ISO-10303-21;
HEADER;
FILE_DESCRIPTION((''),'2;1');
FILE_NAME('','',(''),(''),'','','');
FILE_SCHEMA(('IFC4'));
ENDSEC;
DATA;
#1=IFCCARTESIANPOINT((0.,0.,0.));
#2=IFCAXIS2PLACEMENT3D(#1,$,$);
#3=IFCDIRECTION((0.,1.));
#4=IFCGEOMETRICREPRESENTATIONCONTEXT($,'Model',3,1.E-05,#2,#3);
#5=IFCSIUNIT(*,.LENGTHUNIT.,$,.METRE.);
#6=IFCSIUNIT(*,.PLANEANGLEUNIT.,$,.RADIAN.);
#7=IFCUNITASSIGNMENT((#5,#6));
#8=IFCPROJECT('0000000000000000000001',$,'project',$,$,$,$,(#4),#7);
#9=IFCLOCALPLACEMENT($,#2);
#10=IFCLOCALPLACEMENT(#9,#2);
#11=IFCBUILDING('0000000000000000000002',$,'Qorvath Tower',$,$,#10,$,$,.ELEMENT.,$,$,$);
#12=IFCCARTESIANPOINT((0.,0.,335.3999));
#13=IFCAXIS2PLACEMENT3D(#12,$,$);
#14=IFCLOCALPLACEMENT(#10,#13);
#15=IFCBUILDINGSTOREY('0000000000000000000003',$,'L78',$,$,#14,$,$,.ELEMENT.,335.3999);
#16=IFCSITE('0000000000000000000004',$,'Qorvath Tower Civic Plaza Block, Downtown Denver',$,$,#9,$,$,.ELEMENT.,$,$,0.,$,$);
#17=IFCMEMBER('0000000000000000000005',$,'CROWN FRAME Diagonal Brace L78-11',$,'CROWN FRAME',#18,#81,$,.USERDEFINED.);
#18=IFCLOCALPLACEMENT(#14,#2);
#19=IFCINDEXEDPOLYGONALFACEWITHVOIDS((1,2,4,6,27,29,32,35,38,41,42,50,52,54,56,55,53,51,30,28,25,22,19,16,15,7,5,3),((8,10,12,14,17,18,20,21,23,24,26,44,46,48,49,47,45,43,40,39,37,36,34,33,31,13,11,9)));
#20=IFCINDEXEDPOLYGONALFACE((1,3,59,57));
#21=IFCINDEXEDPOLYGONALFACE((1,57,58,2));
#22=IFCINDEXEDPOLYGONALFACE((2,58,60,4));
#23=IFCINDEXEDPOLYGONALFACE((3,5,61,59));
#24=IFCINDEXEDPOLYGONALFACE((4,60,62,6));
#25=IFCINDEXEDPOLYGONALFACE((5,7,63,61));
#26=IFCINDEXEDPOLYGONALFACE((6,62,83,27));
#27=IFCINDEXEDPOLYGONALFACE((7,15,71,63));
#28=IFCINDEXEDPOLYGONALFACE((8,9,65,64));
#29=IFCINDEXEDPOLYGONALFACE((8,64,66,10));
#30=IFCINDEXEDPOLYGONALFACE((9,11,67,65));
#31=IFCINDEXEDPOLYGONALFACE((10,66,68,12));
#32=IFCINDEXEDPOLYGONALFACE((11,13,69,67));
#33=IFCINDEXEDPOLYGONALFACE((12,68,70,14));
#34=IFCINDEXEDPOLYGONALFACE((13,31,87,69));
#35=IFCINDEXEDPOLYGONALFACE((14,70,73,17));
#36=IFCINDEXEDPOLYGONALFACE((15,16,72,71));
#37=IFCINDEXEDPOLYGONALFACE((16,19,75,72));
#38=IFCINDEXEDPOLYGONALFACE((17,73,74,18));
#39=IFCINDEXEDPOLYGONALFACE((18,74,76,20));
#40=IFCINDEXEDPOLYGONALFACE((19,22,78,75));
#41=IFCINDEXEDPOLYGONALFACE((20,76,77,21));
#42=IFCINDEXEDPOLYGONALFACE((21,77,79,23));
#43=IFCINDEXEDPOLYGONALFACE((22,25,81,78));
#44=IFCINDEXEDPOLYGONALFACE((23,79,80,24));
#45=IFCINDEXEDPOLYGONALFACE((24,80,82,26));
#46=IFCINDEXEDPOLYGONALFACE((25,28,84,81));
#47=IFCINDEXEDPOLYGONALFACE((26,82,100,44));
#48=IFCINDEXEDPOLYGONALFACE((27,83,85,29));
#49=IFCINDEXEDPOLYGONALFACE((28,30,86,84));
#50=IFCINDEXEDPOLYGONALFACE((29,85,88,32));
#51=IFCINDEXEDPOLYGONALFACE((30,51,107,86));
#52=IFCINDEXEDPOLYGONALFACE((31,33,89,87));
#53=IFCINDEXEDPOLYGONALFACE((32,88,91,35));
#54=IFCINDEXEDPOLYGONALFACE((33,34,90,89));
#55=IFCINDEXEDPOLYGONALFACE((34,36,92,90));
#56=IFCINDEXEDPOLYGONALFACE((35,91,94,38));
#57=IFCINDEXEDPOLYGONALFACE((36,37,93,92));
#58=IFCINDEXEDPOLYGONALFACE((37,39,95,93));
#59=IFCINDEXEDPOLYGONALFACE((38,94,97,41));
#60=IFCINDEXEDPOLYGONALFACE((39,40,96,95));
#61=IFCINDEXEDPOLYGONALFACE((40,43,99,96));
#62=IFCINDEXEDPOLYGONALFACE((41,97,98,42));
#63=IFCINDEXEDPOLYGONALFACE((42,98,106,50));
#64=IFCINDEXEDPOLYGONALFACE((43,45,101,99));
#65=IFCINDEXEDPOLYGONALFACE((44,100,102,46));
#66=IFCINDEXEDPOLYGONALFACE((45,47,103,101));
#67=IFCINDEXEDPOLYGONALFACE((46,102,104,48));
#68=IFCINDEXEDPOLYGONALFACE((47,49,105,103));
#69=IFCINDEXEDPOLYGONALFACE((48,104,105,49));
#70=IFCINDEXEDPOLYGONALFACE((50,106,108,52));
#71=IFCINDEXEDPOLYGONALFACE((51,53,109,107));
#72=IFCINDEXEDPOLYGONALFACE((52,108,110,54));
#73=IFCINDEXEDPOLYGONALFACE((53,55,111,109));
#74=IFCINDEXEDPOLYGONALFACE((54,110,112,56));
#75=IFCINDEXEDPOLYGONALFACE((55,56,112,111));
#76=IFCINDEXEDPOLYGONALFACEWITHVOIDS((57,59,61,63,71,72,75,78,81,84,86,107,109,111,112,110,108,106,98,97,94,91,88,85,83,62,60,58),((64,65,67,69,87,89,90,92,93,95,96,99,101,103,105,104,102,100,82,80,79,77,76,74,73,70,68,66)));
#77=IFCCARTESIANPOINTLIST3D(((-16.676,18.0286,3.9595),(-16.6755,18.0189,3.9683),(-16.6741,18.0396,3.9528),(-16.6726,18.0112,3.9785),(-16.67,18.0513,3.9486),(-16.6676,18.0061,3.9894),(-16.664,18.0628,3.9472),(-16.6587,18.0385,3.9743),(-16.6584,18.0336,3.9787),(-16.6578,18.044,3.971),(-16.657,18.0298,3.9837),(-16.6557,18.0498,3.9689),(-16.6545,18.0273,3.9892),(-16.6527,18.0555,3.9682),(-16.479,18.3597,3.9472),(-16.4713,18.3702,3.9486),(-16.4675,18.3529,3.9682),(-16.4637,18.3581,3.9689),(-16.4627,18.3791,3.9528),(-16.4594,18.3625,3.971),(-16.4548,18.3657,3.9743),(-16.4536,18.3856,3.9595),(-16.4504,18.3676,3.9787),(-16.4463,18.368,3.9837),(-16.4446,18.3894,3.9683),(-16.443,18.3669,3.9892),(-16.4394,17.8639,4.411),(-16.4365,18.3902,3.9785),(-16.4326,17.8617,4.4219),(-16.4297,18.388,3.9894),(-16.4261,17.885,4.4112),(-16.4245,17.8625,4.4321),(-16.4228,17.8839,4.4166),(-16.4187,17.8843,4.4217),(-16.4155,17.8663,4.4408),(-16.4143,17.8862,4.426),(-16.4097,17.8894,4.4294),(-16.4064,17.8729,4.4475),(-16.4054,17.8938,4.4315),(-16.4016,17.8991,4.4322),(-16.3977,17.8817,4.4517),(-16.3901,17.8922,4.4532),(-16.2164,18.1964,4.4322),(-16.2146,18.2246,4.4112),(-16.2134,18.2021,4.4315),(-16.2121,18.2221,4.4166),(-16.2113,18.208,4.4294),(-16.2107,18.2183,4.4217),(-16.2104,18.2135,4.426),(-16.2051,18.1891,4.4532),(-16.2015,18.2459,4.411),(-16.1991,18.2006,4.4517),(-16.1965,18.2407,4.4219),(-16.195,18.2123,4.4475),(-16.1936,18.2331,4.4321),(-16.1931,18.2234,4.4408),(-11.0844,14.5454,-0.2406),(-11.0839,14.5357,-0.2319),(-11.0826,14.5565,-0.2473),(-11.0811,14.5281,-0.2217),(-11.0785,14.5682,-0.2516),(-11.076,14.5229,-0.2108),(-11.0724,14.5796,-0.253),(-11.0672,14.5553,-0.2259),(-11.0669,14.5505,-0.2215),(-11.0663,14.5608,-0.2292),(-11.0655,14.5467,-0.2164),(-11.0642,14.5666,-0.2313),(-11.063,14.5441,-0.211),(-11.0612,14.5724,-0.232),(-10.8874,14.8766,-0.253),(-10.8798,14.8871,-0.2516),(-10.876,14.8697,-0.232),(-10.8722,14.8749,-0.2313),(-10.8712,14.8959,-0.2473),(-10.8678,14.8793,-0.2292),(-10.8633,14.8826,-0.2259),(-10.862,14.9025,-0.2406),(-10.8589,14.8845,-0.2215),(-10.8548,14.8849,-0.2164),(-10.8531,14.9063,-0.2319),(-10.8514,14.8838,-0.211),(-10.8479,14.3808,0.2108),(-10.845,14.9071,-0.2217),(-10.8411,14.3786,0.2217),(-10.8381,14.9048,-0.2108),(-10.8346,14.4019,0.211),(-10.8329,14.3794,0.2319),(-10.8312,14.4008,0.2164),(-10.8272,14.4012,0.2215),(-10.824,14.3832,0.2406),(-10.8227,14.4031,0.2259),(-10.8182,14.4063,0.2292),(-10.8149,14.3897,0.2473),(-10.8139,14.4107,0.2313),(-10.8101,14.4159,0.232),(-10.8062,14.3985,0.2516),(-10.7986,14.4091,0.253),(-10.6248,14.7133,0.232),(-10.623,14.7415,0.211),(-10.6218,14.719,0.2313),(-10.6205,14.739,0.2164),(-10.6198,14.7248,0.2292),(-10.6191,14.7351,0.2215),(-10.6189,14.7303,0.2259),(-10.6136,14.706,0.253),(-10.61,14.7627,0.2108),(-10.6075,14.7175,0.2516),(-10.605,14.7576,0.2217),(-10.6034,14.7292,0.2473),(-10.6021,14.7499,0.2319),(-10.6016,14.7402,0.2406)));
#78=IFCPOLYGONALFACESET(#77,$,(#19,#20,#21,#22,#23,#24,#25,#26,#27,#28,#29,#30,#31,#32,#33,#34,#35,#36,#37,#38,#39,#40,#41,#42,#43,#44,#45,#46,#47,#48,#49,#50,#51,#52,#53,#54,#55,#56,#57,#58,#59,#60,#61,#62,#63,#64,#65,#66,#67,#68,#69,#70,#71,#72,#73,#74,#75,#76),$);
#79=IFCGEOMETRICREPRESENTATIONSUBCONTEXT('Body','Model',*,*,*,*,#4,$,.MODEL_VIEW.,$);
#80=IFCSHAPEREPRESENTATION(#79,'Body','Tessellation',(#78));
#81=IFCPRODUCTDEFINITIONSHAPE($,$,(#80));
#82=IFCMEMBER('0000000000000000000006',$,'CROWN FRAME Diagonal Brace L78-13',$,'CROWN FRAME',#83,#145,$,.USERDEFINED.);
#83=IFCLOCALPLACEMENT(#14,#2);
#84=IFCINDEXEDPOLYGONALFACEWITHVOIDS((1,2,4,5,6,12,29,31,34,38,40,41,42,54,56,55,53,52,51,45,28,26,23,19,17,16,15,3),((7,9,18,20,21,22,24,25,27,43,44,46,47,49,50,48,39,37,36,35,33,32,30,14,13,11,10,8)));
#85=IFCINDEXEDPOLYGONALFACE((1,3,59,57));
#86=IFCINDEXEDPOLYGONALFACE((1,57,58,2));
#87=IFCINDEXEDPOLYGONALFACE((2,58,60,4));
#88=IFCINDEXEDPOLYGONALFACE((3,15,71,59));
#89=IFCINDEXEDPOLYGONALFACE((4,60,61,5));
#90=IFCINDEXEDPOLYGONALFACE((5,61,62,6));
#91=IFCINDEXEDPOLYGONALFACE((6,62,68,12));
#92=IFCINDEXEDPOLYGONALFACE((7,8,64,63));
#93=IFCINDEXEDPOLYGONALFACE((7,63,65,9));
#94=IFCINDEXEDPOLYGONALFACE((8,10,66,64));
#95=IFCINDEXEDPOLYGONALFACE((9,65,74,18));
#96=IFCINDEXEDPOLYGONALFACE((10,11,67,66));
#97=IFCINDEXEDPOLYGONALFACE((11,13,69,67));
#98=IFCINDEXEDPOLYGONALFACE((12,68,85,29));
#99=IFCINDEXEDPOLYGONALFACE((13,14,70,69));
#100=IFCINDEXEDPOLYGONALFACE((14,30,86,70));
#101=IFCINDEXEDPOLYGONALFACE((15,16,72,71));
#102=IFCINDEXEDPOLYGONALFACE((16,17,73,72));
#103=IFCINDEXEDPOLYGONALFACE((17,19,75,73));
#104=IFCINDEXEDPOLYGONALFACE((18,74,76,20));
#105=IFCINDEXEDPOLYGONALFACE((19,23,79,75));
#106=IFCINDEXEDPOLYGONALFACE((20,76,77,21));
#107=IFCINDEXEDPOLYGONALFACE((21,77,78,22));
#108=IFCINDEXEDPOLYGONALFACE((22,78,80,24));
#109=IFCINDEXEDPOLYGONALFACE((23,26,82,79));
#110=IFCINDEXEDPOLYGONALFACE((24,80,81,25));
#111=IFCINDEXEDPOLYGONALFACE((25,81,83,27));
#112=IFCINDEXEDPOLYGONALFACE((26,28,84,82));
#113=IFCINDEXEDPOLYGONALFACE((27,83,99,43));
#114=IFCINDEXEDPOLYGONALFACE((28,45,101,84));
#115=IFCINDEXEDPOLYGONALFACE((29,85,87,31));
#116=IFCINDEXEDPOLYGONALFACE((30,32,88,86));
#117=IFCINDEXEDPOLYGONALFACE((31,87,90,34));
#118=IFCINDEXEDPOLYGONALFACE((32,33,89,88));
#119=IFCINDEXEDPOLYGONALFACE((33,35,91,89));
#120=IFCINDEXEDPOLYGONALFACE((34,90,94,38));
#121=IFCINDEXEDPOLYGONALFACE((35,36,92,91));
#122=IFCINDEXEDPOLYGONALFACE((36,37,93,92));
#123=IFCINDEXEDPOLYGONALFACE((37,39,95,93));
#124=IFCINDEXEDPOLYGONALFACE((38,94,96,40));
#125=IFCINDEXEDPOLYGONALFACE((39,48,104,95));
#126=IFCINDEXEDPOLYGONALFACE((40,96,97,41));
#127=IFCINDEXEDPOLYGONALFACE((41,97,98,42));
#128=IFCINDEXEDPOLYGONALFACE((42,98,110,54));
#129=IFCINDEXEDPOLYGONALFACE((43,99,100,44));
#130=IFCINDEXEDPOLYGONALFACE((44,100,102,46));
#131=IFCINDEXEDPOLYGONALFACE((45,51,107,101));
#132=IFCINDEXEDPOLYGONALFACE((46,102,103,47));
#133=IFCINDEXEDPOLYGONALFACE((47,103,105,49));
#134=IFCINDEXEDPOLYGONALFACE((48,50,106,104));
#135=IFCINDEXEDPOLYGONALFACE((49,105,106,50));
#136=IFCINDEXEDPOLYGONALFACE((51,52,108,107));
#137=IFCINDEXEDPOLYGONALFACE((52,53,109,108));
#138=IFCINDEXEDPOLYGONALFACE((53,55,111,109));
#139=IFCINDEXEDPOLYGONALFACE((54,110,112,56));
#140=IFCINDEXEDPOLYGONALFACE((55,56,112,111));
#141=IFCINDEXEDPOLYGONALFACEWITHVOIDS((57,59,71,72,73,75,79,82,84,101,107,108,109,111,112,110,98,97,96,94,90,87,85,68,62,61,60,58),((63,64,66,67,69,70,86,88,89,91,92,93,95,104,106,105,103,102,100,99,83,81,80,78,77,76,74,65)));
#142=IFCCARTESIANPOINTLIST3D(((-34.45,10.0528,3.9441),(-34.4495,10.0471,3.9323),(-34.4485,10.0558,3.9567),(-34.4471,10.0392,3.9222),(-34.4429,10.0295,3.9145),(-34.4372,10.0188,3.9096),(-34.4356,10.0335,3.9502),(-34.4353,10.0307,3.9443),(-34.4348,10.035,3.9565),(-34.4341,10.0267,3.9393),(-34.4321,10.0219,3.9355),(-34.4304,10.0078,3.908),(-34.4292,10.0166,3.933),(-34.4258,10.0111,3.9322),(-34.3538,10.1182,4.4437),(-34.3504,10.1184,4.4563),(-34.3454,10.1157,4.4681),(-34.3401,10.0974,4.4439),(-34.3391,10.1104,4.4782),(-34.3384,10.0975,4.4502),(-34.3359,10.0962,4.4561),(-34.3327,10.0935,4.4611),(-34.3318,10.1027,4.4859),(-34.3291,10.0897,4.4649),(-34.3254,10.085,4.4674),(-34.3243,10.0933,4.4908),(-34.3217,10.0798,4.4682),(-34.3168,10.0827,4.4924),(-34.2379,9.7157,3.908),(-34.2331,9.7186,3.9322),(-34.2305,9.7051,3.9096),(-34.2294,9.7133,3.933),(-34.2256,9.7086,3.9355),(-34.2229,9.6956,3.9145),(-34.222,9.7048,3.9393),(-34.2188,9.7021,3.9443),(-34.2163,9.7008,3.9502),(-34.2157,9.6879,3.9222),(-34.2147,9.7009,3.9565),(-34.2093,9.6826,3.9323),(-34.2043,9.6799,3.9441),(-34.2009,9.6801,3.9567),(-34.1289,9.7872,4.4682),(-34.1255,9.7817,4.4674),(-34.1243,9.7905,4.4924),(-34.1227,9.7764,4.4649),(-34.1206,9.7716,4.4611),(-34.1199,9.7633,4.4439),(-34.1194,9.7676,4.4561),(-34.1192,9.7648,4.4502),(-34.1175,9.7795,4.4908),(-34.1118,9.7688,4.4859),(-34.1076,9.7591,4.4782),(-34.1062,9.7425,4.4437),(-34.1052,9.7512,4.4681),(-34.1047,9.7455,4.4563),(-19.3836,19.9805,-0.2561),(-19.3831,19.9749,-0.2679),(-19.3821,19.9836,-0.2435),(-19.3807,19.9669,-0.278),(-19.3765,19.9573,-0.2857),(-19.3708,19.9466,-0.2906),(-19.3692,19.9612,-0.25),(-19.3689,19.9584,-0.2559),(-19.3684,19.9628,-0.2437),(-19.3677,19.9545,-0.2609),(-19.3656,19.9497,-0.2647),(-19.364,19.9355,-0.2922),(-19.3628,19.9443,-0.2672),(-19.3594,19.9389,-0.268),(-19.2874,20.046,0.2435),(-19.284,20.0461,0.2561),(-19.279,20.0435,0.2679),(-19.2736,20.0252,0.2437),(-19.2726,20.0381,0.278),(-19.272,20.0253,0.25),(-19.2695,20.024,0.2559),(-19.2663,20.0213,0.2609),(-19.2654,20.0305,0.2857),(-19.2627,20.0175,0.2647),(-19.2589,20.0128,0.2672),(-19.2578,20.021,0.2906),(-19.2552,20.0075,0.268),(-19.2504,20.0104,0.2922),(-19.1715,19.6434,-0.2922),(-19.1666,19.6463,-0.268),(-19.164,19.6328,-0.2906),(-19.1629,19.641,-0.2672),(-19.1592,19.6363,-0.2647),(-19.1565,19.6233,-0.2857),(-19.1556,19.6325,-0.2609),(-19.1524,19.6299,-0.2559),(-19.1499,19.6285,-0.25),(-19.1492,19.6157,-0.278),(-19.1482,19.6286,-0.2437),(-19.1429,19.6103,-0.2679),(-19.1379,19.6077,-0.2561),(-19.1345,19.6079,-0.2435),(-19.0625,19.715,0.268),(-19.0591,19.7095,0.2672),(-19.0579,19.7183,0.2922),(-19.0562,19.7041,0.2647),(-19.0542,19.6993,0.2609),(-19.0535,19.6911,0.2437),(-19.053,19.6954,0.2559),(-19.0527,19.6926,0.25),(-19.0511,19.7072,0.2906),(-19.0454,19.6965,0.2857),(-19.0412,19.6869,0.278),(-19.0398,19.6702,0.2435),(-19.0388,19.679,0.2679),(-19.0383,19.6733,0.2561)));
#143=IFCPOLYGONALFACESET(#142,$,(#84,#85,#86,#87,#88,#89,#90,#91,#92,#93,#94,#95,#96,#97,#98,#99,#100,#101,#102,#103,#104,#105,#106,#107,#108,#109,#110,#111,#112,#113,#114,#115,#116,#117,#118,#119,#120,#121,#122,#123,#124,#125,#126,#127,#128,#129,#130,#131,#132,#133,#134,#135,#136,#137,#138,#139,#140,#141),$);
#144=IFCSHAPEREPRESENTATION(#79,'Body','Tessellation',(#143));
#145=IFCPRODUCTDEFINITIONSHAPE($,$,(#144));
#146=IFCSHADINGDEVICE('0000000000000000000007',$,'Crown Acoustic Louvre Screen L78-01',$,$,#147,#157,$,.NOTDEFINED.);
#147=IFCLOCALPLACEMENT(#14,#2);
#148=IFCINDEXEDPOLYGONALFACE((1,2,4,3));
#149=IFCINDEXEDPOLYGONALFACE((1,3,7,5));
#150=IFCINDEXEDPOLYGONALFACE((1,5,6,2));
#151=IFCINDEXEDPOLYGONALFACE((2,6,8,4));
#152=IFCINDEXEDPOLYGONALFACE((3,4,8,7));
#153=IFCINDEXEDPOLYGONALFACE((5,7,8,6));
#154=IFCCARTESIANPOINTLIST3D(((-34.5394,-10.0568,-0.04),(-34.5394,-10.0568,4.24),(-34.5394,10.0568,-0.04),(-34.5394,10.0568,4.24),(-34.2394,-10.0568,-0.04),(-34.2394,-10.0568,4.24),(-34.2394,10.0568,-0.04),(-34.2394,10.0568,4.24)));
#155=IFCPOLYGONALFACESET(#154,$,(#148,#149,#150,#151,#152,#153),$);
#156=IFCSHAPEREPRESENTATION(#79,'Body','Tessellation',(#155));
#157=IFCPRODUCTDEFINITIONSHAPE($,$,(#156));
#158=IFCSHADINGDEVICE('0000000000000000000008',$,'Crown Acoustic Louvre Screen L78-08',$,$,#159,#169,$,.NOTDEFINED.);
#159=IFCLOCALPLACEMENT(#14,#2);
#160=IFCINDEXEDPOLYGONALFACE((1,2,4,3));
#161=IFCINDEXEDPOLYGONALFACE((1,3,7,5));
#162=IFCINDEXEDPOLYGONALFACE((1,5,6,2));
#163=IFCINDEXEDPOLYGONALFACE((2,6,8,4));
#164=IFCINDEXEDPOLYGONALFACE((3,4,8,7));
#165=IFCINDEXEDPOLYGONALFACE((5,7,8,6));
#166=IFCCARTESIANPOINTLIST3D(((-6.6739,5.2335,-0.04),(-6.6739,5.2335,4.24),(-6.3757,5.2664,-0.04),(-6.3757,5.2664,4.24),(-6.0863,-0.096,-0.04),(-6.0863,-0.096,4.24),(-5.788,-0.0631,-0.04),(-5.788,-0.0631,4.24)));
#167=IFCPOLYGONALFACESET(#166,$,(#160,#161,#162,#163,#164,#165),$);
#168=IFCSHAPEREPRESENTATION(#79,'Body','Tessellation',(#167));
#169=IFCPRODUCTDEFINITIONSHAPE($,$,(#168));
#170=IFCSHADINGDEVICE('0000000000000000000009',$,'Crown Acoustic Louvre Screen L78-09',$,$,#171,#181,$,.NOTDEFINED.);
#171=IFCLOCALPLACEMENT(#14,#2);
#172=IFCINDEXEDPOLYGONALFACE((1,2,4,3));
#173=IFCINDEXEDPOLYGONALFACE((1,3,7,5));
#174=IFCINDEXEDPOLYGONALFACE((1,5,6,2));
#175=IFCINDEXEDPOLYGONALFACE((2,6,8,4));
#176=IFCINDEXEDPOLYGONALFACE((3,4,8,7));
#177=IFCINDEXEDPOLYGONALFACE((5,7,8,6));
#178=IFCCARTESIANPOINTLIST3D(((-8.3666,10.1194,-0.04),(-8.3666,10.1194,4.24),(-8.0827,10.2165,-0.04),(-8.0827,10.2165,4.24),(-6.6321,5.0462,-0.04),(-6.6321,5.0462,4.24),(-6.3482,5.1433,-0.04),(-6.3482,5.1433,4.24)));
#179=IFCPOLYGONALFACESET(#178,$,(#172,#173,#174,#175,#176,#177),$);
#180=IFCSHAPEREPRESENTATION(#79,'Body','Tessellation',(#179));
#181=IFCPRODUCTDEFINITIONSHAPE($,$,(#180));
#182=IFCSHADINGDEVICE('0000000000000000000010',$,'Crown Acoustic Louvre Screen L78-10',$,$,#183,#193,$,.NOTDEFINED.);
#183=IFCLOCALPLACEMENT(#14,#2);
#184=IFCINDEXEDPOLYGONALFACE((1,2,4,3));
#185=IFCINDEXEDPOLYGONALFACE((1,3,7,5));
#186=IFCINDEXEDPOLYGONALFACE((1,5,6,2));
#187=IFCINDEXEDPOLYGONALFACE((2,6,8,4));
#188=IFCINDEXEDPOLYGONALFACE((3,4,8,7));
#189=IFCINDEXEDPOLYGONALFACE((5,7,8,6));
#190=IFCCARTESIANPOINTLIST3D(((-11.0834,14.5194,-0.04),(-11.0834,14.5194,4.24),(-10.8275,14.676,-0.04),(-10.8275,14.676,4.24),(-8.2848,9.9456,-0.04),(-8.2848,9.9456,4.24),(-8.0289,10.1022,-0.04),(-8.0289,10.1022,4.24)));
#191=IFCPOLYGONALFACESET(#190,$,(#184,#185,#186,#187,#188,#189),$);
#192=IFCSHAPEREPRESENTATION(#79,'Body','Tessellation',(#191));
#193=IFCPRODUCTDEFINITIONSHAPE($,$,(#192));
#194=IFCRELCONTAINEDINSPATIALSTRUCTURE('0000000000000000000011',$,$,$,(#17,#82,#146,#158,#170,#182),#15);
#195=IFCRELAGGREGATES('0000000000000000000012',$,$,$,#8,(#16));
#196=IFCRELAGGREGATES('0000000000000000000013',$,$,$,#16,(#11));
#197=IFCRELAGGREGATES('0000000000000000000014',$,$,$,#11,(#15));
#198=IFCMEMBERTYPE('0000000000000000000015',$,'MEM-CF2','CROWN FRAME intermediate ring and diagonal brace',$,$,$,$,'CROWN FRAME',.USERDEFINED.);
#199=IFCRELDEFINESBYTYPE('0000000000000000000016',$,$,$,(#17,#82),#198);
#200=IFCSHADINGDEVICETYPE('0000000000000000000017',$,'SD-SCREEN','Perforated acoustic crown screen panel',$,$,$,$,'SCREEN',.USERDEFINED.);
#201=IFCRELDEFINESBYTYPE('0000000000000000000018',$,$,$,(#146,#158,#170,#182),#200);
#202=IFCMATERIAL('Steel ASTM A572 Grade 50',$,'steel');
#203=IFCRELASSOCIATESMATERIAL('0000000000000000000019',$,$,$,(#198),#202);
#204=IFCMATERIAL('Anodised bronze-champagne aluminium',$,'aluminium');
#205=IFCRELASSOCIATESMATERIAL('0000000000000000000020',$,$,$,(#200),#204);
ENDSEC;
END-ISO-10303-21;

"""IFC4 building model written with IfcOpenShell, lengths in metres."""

from ifc_helpers import new_model, si_unit, direction, frame, origin, origin_2d, place, context, subcontext, project, spatial, rectangle, hollow_rectangle, extrude, material, material_profile, profile_set, type_object, element, save


model = new_model("IFC4")

# Units and contexts
model_context = context("Model", 3, precision=1e-05, world=origin(), true_north=direction((0.0, 1.0)))
body_context = subcontext(model_context, "Body", "Model", "MODEL_VIEW")
ifc_project = project(units=[si_unit("LENGTHUNIT", "METRE"), si_unit("PLANEANGLEUNIT", "RADIAN")], contexts=[model_context])

# Site, building, storey
site_placement = place(None, origin())
site = spatial("IfcSite", under=ifc_project, at=site_placement, Name="Qorvath Tower Civic Plaza Block, Downtown Denver", CompositionType="ELEMENT", RefElevation=0.0)
building_placement = place(site_placement, origin())
building = spatial("IfcBuilding", under=site, at=building_placement, Name="Qorvath Tower", CompositionType="ELEMENT")
storey_placement = place(building_placement, frame((0.0, 0.0, 335.3999)))
storey = spatial("IfcBuildingStorey", under=building, at=storey_placement, Name="L78", CompositionType="ELEMENT", Elevation=335.3999)

# Members
ifc_material_1 = material(Name="Steel ASTM A572 Grade 50", Category="steel")
ifc_material_profile_1 = material_profile(ifc_material_1, hollow_rectangle(XDim=0.45, YDim=0.6001, WallThickness=0.0249, InnerFilletRadius=0.0249, OuterFilletRadius=0.05, at=origin_2d()), Name="CROWN BOX 600x450x25")
ifc_profile_set_1 = profile_set([ifc_material_profile_1], Name="Steel ASTM A572 Grade 50")
member_type_1 = type_object("IfcMemberType", Name="MEM-CF2", Description="CROWN FRAME intermediate ring and diagonal brace", ElementType="CROWN FRAME", PredefinedType="USERDEFINED", material=ifc_profile_set_1)
member_1_placement = place(storey_placement, frame((-10.843, 14.6428, 0.0), z_axis=(-0.715693, 0.445828, 0.537606), x_axis=(-0.528736, -0.848786, 0.0)))
element("IfcMember", 1, at=member_1_placement, inside=storey, type_object=member_type_1, Name="CROWN FRAME Diagonal Brace L78-11", ObjectType="CROWN FRAME", PredefinedType="USERDEFINED", context=body_context, shape_type="SweptSolid", body=[
    extrude(hollow_rectangle(XDim=0.45, YDim=0.6001, WallThickness=0.0249, InnerFilletRadius=0.0249, OuterFilletRadius=0.05, at=origin_2d()), origin(), (0.0, 0.0, 1.0), 7.8127),
])
member_2_placement = place(storey_placement, frame((-19.2109, 19.8269, 0.0), z_axis=(-0.813275, -0.535893, 0.226724), x_axis=(0.550221, -0.835019, 0.0)))
element("IfcMember", 2, at=member_2_placement, inside=storey, type_object=member_type_1, Name="CROWN FRAME Diagonal Brace L78-13", ObjectType="CROWN FRAME", PredefinedType="USERDEFINED", context=body_context, shape_type="SweptSolid", body=[
    extrude(hollow_rectangle(XDim=0.45, YDim=0.6001, WallThickness=0.0249, InnerFilletRadius=0.0249, OuterFilletRadius=0.05, at=origin_2d()), origin(), (0.0, 0.0, 1.0), 18.5256),
])

# Shading devices
ifc_material_2 = material(Name="Anodised bronze-champagne aluminium", Category="aluminium")
shading_device_type = type_object("IfcShadingDeviceType", Name="SD-SCREEN", Description="Perforated acoustic crown screen panel", ElementType="SCREEN", PredefinedType="USERDEFINED", material=ifc_material_2)
shading_device_1_placement = place(storey_placement, frame((-34.3894, 0.0, -0.04), z_axis=(0.0, 0.0, 1.0), x_axis=(0.0, -1.0, 0.0)))
element("IfcShadingDevice", 3, at=shading_device_1_placement, inside=storey, type_object=shading_device_type, Name="Crown Acoustic Louvre Screen L78-01", PredefinedType="NOTDEFINED", context=body_context, shape_type="SweptSolid", body=[
    extrude(rectangle(XDim=20.1135, YDim=0.3, at=origin_2d()), origin(), (0.0, 0.0, 1.0), 4.28),
])
shading_device_2_placement = place(storey_placement, frame((-6.231, 2.5852, -0.04), z_axis=(0.0, 0.0, 1.0), x_axis=(-0.109599, 0.993976, 0.0)))
element("IfcShadingDevice", 4, at=shading_device_2_placement, inside=storey, type_object=shading_device_type, Name="Crown Acoustic Louvre Screen L78-08", PredefinedType="NOTDEFINED", context=body_context, shape_type="SweptSolid", body=[
    extrude(rectangle(XDim=5.3618, YDim=0.3, at=origin_2d()), origin(), (0.0, 0.0, 1.0), 4.28),
])
shading_device_3_placement = place(storey_placement, frame((-7.3574, 7.6313, -0.04), z_axis=(0.0, 0.0, 1.0), x_axis=(-0.323513, 0.946224, 0.0)))
element("IfcShadingDevice", 5, at=shading_device_3_placement, inside=storey, type_object=shading_device_type, Name="Crown Acoustic Louvre Screen L78-09", PredefinedType="NOTDEFINED", context=body_context, shape_type="SweptSolid", body=[
    extrude(rectangle(XDim=5.3616, YDim=0.3, at=origin_2d()), origin(), (0.0, 0.0, 1.0), 4.28),
])
shading_device_4_placement = place(storey_placement, frame((-9.5562, 12.3108, -0.04), z_axis=(0.0, 0.0, 1.0), x_axis=(-0.521936, 0.852985, 0.0)))
element("IfcShadingDevice", 6, at=shading_device_4_placement, inside=storey, type_object=shading_device_type, Name="Crown Acoustic Louvre Screen L78-10", PredefinedType="NOTDEFINED", context=body_context, shape_type="SweptSolid", body=[
    extrude(rectangle(XDim=5.3621, YDim=0.3, at=origin_2d()), origin(), (0.0, 0.0, 1.0), 4.28),
])

save(model, "model.ifc")
